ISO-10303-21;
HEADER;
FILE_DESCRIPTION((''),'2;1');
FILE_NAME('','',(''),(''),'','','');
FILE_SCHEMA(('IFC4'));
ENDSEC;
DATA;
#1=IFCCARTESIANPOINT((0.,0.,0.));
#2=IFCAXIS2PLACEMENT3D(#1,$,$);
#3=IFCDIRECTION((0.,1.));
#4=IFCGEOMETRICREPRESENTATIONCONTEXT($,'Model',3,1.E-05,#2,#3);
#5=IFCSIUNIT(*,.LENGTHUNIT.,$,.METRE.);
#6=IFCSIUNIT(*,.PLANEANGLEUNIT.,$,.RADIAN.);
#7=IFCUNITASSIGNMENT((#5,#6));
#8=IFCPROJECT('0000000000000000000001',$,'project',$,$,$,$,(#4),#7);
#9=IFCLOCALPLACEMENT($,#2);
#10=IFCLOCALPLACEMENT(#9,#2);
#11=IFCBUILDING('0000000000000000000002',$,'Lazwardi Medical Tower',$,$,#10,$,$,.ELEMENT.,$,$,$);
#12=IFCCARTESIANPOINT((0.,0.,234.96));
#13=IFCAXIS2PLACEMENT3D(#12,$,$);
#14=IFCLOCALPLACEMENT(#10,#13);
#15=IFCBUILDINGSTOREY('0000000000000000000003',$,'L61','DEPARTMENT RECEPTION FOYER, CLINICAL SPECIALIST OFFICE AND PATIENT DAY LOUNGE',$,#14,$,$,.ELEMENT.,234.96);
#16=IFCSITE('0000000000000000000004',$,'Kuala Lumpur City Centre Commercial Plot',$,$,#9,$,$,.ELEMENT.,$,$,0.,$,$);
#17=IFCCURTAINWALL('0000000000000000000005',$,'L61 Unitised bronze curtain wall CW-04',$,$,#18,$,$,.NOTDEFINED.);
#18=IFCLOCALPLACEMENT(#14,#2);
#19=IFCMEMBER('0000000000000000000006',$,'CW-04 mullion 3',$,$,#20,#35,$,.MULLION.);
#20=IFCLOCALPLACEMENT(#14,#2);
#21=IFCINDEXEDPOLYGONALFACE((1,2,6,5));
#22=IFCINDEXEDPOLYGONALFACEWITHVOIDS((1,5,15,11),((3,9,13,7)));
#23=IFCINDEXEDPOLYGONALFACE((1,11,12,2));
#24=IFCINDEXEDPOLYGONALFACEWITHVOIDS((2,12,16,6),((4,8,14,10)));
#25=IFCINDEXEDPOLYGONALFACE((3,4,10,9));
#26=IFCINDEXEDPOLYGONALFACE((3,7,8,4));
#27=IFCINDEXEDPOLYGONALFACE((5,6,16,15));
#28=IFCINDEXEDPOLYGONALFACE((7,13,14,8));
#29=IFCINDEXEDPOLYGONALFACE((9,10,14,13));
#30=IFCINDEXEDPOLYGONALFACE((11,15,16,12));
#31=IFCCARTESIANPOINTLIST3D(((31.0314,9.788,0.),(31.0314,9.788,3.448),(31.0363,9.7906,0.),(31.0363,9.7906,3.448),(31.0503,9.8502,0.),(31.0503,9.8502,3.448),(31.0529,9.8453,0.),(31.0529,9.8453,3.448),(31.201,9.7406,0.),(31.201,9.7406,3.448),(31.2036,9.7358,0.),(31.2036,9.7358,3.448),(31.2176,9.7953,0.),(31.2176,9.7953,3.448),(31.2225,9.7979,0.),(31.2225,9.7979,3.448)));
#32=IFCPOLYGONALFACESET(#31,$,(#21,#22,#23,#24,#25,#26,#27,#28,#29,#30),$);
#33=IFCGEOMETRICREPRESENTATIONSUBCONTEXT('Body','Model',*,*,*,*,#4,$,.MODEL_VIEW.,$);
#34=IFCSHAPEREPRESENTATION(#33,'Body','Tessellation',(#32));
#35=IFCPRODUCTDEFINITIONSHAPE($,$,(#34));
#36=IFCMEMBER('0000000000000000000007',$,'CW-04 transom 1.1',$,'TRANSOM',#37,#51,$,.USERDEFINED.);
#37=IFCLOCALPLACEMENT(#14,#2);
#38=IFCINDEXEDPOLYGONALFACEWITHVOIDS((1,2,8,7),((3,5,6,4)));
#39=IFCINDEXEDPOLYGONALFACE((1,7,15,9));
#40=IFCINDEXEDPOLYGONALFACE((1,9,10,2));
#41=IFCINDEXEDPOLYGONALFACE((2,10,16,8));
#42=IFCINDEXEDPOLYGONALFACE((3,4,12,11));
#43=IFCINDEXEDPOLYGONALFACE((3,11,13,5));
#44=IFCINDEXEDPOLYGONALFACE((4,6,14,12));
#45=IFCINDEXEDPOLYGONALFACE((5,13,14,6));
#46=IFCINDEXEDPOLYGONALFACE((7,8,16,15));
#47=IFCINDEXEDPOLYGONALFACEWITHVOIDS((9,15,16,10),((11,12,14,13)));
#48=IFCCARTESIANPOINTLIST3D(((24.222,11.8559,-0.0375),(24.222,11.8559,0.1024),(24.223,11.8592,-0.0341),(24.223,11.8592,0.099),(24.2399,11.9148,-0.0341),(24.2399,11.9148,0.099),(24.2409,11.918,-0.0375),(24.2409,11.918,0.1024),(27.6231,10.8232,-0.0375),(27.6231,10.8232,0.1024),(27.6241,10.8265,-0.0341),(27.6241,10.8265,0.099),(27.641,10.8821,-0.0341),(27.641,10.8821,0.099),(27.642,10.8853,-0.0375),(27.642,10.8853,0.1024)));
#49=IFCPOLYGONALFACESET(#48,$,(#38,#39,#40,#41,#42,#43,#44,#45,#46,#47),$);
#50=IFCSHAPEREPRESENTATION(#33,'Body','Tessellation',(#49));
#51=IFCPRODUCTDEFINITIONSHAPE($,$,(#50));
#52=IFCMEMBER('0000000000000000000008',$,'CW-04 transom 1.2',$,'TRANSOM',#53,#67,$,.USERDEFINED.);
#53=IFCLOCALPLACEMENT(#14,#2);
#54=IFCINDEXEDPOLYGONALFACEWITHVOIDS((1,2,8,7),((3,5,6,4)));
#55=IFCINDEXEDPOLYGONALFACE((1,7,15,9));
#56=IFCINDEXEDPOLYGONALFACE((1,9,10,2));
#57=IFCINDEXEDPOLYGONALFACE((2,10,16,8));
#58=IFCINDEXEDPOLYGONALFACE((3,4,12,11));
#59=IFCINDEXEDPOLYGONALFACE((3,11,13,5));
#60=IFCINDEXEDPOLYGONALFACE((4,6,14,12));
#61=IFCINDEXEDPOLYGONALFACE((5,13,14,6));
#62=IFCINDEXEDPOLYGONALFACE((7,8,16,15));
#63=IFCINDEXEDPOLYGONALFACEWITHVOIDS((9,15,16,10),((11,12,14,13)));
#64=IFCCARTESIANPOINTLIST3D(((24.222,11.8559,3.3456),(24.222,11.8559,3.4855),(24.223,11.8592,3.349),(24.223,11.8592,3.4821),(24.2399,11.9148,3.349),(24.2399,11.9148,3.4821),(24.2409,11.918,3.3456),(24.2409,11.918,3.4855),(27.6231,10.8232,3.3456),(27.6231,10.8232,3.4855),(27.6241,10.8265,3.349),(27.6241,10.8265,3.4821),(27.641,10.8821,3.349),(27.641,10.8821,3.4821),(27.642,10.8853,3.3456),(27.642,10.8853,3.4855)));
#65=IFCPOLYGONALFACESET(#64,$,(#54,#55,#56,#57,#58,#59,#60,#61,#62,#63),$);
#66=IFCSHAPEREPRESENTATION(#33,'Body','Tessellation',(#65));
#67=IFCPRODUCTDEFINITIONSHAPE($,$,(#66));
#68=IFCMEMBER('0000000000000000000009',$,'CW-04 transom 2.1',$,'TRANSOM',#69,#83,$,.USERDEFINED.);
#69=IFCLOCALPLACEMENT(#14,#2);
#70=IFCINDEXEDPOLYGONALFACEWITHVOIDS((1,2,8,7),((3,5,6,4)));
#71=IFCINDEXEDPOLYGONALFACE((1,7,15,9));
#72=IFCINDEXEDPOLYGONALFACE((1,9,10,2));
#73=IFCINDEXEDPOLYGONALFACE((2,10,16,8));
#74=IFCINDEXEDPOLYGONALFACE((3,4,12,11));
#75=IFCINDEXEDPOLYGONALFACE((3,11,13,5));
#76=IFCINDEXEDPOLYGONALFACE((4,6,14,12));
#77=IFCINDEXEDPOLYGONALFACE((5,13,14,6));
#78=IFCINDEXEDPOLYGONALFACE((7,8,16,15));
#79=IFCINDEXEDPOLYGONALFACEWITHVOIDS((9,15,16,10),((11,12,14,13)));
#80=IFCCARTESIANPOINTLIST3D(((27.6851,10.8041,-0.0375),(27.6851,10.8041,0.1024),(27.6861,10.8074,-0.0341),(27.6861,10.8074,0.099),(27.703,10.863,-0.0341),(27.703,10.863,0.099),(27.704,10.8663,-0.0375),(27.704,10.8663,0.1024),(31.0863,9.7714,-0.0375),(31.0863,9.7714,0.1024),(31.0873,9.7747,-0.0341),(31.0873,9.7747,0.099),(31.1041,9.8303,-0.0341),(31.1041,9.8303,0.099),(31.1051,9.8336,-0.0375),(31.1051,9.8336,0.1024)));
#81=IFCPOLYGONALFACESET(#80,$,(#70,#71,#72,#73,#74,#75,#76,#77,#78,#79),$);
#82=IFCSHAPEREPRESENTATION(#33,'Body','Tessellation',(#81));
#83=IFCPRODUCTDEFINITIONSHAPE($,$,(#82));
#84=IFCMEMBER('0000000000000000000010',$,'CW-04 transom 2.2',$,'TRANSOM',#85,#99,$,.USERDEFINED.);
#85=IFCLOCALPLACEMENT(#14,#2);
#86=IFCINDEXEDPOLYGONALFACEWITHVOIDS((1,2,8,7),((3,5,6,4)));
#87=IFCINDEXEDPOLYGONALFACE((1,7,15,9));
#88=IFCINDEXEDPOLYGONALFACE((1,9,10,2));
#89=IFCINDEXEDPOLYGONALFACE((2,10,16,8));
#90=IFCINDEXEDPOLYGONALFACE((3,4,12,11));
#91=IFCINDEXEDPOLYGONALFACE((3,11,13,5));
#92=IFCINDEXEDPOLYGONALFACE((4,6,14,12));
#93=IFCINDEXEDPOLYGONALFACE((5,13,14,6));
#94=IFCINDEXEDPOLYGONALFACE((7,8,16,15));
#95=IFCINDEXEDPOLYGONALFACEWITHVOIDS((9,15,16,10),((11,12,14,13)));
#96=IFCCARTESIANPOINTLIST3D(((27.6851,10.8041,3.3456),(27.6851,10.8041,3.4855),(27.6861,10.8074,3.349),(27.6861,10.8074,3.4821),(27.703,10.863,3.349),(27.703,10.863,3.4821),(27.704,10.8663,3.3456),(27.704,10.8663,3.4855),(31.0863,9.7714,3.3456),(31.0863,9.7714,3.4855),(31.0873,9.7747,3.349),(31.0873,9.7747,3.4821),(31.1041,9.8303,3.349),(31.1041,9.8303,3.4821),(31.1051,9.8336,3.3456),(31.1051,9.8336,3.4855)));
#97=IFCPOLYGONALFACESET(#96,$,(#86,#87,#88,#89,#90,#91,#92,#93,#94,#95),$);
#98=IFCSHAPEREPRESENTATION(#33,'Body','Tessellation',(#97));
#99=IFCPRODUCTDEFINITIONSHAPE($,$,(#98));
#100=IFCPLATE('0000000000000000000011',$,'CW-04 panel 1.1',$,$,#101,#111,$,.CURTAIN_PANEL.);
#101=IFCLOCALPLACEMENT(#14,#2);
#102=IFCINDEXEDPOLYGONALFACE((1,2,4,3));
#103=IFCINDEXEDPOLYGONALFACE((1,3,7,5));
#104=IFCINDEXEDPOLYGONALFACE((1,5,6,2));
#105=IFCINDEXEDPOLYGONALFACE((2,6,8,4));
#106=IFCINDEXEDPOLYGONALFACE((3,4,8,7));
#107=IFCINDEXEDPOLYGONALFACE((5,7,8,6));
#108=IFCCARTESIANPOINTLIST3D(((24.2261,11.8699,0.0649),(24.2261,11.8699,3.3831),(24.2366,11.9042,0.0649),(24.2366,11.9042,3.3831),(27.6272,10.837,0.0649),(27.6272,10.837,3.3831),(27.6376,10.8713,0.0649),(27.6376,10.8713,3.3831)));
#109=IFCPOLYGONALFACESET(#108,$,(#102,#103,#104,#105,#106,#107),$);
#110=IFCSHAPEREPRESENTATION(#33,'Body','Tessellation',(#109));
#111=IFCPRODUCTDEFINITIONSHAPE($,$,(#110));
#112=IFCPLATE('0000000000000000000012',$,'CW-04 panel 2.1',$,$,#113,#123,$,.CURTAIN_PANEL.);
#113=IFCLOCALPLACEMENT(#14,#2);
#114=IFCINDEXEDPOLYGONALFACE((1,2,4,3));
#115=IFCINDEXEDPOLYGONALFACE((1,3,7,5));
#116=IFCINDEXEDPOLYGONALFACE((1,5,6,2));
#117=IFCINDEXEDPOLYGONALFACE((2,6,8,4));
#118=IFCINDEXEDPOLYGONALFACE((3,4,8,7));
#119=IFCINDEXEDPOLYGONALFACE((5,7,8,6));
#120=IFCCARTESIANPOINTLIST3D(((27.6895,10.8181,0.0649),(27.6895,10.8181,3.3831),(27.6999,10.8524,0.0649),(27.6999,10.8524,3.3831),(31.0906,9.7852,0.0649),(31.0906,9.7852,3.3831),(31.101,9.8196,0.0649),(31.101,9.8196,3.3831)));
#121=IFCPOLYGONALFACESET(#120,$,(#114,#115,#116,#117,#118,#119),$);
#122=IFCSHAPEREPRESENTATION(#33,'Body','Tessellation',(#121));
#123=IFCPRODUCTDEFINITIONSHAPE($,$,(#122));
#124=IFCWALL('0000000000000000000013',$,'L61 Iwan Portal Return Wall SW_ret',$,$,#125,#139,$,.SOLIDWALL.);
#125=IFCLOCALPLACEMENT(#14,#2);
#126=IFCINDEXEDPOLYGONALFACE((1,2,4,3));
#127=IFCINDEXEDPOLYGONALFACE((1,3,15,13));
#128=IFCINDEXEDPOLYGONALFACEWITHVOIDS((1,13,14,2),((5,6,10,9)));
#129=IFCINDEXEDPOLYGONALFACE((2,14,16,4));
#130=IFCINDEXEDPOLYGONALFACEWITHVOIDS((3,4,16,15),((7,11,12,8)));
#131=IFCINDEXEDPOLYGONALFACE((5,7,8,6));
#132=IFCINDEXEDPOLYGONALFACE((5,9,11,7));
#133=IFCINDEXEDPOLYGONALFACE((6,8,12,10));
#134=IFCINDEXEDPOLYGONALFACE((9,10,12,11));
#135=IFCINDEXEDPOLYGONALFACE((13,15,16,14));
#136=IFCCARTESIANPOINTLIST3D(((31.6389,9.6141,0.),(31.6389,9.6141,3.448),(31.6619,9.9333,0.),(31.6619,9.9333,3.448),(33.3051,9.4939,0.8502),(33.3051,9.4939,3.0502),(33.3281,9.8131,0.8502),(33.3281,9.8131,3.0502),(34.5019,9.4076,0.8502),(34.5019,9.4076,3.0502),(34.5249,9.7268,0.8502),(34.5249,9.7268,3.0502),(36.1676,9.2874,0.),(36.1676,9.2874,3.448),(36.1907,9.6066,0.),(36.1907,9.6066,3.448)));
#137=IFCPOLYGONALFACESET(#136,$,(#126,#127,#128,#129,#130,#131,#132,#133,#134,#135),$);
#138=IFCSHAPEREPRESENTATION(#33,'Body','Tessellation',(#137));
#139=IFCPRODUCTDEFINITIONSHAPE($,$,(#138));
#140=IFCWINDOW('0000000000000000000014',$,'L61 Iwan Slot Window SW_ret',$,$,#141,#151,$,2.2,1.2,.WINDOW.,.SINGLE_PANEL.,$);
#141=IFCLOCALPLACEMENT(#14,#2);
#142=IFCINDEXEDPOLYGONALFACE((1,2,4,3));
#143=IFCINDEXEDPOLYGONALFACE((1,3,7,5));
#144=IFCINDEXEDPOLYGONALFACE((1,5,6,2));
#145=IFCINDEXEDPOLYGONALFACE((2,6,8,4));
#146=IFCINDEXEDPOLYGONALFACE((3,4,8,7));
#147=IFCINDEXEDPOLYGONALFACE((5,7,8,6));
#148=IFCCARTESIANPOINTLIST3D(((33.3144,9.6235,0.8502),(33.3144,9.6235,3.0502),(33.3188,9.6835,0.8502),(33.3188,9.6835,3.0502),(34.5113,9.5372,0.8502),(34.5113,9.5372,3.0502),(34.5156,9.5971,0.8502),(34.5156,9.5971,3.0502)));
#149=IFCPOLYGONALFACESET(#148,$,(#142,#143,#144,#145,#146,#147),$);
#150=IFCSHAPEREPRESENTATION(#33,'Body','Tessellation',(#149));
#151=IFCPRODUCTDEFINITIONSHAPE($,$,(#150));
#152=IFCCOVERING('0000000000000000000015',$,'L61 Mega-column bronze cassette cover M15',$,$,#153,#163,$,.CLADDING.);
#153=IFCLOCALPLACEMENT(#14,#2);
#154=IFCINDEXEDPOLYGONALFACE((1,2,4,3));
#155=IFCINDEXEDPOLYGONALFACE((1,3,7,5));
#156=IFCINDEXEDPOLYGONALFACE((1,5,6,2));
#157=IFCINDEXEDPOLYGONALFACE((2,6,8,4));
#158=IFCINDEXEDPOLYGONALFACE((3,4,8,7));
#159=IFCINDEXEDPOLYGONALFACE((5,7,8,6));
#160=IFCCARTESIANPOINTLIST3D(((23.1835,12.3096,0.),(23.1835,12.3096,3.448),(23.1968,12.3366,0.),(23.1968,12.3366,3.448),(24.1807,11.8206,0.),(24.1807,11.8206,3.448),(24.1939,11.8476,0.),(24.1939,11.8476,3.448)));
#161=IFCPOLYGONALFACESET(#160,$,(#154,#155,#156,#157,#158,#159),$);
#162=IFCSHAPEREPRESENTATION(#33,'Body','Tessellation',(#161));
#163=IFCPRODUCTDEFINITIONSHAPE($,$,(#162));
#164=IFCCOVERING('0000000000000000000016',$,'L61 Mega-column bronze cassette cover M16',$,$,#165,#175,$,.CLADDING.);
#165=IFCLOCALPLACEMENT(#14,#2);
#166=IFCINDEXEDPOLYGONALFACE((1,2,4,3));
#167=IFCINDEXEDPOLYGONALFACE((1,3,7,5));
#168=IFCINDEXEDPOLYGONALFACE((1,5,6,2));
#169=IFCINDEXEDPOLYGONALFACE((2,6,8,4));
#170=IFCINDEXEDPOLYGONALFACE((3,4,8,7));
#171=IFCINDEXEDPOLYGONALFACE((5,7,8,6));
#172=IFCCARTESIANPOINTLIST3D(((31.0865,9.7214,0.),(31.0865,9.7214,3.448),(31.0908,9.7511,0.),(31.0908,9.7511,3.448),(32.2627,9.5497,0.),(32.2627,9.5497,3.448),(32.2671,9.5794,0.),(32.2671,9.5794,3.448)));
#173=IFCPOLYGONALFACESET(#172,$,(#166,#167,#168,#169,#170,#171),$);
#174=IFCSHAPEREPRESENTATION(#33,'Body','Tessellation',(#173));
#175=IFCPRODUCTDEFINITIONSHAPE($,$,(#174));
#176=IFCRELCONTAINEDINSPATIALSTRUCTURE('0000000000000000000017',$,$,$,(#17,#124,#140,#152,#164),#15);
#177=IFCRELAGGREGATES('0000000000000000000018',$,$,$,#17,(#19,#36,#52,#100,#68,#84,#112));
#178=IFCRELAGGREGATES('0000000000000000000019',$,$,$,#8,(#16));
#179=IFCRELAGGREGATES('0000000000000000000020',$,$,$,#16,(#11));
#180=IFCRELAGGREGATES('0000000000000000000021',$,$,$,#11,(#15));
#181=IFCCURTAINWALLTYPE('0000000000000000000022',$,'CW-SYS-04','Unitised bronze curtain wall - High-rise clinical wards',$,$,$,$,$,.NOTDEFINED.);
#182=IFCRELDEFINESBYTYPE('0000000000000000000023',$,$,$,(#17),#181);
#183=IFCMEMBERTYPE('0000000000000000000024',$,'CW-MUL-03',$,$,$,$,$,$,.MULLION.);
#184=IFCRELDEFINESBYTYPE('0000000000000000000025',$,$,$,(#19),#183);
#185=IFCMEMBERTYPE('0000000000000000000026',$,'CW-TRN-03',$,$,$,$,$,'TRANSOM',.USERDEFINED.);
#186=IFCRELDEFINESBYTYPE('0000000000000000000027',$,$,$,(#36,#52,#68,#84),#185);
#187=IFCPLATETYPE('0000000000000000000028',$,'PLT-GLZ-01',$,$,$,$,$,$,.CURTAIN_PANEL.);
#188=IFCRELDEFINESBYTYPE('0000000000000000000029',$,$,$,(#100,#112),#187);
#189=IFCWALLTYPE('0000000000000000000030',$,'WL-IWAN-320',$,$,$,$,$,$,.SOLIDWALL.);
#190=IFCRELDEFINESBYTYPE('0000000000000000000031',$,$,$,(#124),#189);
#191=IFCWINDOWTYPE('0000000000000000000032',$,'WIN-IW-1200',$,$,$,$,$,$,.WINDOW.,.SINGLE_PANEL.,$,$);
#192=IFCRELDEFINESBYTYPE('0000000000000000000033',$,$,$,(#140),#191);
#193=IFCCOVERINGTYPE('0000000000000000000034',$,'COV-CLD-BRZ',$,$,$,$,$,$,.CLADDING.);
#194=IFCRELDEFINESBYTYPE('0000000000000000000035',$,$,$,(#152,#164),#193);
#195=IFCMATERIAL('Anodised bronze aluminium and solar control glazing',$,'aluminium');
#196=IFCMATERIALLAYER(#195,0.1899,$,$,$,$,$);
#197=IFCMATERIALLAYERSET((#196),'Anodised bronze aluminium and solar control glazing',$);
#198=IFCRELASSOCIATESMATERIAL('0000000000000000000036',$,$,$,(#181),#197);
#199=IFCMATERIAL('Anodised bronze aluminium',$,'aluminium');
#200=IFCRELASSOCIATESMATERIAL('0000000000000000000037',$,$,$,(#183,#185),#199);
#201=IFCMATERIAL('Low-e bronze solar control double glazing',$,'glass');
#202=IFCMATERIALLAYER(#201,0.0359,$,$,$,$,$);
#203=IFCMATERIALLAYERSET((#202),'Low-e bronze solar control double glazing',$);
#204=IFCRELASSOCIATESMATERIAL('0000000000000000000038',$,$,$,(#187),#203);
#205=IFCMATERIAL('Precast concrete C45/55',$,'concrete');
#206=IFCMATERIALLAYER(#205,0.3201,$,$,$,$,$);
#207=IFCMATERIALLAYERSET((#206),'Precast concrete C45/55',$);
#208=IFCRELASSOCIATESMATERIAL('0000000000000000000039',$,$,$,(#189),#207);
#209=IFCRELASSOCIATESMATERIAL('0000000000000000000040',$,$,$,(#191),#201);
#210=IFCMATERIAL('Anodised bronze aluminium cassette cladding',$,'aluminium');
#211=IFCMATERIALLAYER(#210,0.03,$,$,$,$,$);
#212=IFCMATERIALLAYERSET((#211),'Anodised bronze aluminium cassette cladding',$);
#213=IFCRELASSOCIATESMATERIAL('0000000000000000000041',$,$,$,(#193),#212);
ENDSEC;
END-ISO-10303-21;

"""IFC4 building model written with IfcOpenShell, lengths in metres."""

from ifc_helpers import new_model, si_unit, direction, frame, frame_2d, origin, origin_2d, place, context, subcontext, project, spatial, rectangle, hollow_rectangle, extrude, material, layer, layer_set, material_profile, profile_set, type_object, element, fill, aggregate, save


model = new_model("IFC4")

# Units and contexts
model_context = context("Model", 3, precision=1e-05, world=origin(), true_north=direction((0.0, 1.0)))
body_context = subcontext(model_context, "Body", "Model", "MODEL_VIEW")
ifc_project = project(units=[si_unit("LENGTHUNIT", "METRE"), si_unit("PLANEANGLEUNIT", "RADIAN")], contexts=[model_context])

# Site, building, storey
site_placement = place(None, origin())
site = spatial("IfcSite", under=ifc_project, at=site_placement, Name="Kuala Lumpur City Centre Commercial Plot", CompositionType="ELEMENT", RefElevation=0.0)
building_placement = place(site_placement, origin())
building = spatial("IfcBuilding", under=site, at=building_placement, Name="Lazwardi Medical Tower", CompositionType="ELEMENT")
storey_placement = place(building_placement, frame((0.0, 0.0, 234.96)))
storey = spatial("IfcBuildingStorey", under=building, at=storey_placement, Name="L61", Description="DEPARTMENT RECEPTION FOYER, CLINICAL SPECIALIST OFFICE AND PATIENT DAY LOUNGE", CompositionType="ELEMENT", Elevation=234.96)

# Shared definitions
ifc_material_1 = material(Name="Anodised bronze aluminium and solar control glazing", Category="aluminium")
ifc_layer_1 = layer(ifc_material_1, 0.1899)
ifc_layer_set_1 = layer_set([ifc_layer_1], Name="Anodised bronze aluminium and solar control glazing")
curtain_wall_type = type_object("IfcCurtainWallType", Name="CW-SYS-04", Description="Unitised bronze curtain wall - High-rise clinical wards", PredefinedType="NOTDEFINED", material=ifc_layer_set_1)
ifc_material_2 = material(Name="Anodised bronze aluminium", Category="aluminium")
ifc_material_profile_1 = material_profile(ifc_material_2, hollow_rectangle(XDim=0.0649, YDim=0.1799, WallThickness=0.0039, at=origin_2d()), Name="ALU-MULLION 180x65x4")
ifc_profile_set_1 = profile_set([ifc_material_profile_1], Name="Anodised bronze aluminium")
member_type_1 = type_object("IfcMemberType", Name="CW-MUL-03", PredefinedType="MULLION", material=ifc_profile_set_1)

# Curtain wall, members, plates
curtain_wall_1_placement = place(storey_placement, origin())
curtain_wall_1 = element("IfcCurtainWall", 1, at=curtain_wall_1_placement, inside=storey, type_object=curtain_wall_type, Name="L61 Unitised bronze curtain wall CW-04", PredefinedType="NOTDEFINED")
member_1_placement = place(storey_placement, frame((31.127, 9.793, 0.0), z_axis=(0.0, 0.0, 1.0), x_axis=(0.290582, 0.95685, 0.0)))
member_1 = element("IfcMember", 2, at=member_1_placement, type_object=member_type_1, Name="CW-04 mullion 3", PredefinedType="MULLION", context=body_context, shape_type="SweptSolid", body=[
    extrude(hollow_rectangle(XDim=0.0649, YDim=0.1799, WallThickness=0.0039, at=origin_2d()), origin(), (0.0, 0.0, 1.0), 3.448),
])
ifc_material_profile_2 = material_profile(ifc_material_2, hollow_rectangle(XDim=0.0649, YDim=0.1399, WallThickness=0.0034, at=origin_2d()), Name="ALU-TRANSOM 140x65x3.5")
ifc_profile_set_2 = profile_set([ifc_material_profile_2], Name="Anodised bronze aluminium")
member_type_2 = type_object("IfcMemberType", Name="CW-TRN-03", ElementType="TRANSOM", PredefinedType="USERDEFINED", material=ifc_profile_set_2)
member_2_placement = place(storey_placement, frame((24.2314, 11.887, 0.0325), z_axis=(0.956863, -0.290541, 0.0), x_axis=(0.290541, 0.956863, 0.0)))
member_2 = element("IfcMember", 3, at=member_2_placement, type_object=member_type_2, Name="CW-04 transom 1.1", ObjectType="TRANSOM", PredefinedType="USERDEFINED", context=body_context, shape_type="SweptSolid", body=[
    extrude(hollow_rectangle(XDim=0.0649, YDim=0.1399, WallThickness=0.0034, at=origin_2d()), origin(), (0.0, 0.0, 1.0), 3.5544),
])
member_3_placement = place(storey_placement, frame((24.2314, 11.887, 3.4155), z_axis=(0.956863, -0.290541, 0.0), x_axis=(0.290541, 0.956863, 0.0)))
member_3 = element("IfcMember", 4, at=member_3_placement, type_object=member_type_2, Name="CW-04 transom 1.2", ObjectType="TRANSOM", PredefinedType="USERDEFINED", context=body_context, shape_type="SweptSolid", body=[
    extrude(hollow_rectangle(XDim=0.0649, YDim=0.1399, WallThickness=0.0034, at=origin_2d()), origin(), (0.0, 0.0, 1.0), 3.5544),
])
member_4_placement = place(storey_placement, frame((27.6946, 10.8352, 0.0325), z_axis=(0.956863, -0.290541, 0.0), x_axis=(0.290541, 0.956863, 0.0)))
member_4 = element("IfcMember", 5, at=member_4_placement, type_object=member_type_2, Name="CW-04 transom 2.1", ObjectType="TRANSOM", PredefinedType="USERDEFINED", context=body_context, shape_type="SweptSolid", body=[
    extrude(hollow_rectangle(XDim=0.0649, YDim=0.1399, WallThickness=0.0034, at=origin_2d()), origin(), (0.0, 0.0, 1.0), 3.5544),
])
member_5_placement = place(storey_placement, frame((27.6946, 10.8352, 3.4155), z_axis=(0.956863, -0.290541, 0.0), x_axis=(0.290541, 0.956863, 0.0)))
member_5 = element("IfcMember", 6, at=member_5_placement, type_object=member_type_2, Name="CW-04 transom 2.2", ObjectType="TRANSOM", PredefinedType="USERDEFINED", context=body_context, shape_type="SweptSolid", body=[
    extrude(hollow_rectangle(XDim=0.0649, YDim=0.1399, WallThickness=0.0034, at=origin_2d()), origin(), (0.0, 0.0, 1.0), 3.5544),
])
ifc_material_3 = material(Name="Low-e bronze solar control double glazing", Category="glass")
ifc_layer_2 = layer(ifc_material_3, 0.0359)
ifc_layer_set_2 = layer_set([ifc_layer_2], Name="Low-e bronze solar control double glazing")
plate_type = type_object("IfcPlateType", Name="PLT-GLZ-01", PredefinedType="CURTAIN_PANEL", material=ifc_layer_set_2)
plate_1_placement = place(storey_placement, frame((25.9319, 11.3706, 0.0649), z_axis=(0.0, 0.0, 1.0), x_axis=(0.95685, -0.290582, 0.0)))
plate_1 = element("IfcPlate", 7, at=plate_1_placement, type_object=plate_type, Name="CW-04 panel 1.1", PredefinedType="CURTAIN_PANEL", context=body_context, shape_type="SweptSolid", body=[
    extrude(rectangle(XDim=3.5544, YDim=0.0359, at=origin_2d()), origin(), (0.0, 0.0, 1.0), 3.3181),
])
plate_2_placement = place(storey_placement, frame((29.3953, 10.3188, 0.0649), z_axis=(0.0, 0.0, 1.0), x_axis=(0.95685, -0.290582, 0.0)))
plate_2 = element("IfcPlate", 8, at=plate_2_placement, type_object=plate_type, Name="CW-04 panel 2.1", PredefinedType="CURTAIN_PANEL", context=body_context, shape_type="SweptSolid", body=[
    extrude(rectangle(XDim=3.5544, YDim=0.0359, at=origin_2d()), origin(), (0.0, 0.0, 1.0), 3.3181),
])
aggregate(curtain_wall_1, [member_1, member_2, member_3, plate_1, member_4, member_5, plate_2])

# Wall, opening, window
ifc_material_4 = material(Name="Precast concrete C45/55", Category="concrete")
ifc_layer_3 = layer(ifc_material_4, 0.3201)
ifc_layer_set_3 = layer_set([ifc_layer_3], Name="Precast concrete C45/55")
wall_type = type_object("IfcWallType", Name="WL-IWAN-320", PredefinedType="SOLIDWALL", material=ifc_layer_set_3)
wall_placement = place(storey_placement, frame((31.6504, 9.7737, 0.0), z_axis=(0.0, 0.0, 1.0), x_axis=(0.997409, -0.071942, 0.0)))
wall = element("IfcWall", 9, at=wall_placement, inside=storey, type_object=wall_type, Name="L61 Iwan Portal Return Wall SW_ret", PredefinedType="SOLIDWALL", context=body_context, shape_type="SweptSolid", body=[
    extrude(rectangle(XDim=4.5405, YDim=0.3201, at=frame_2d((2.2703, 0.0))), origin(), (0.0, 0.0, 1.0), 3.448),
])
opening_placement = place(wall_placement, frame((1.6704, 0.0, 0.8501)))
opening = element("IfcOpeningElement", 10, at=opening_placement, cuts=wall, PredefinedType="OPENING", context=body_context, shape_type="SweptSolid", body=[
    extrude(rectangle(XDim=1.2, YDim=2.2, at=frame_2d((0.6001, 1.1001))), frame((0.0, 0.1699, 0.0), z_axis=(0.0, -1.0, 0.0), x_axis=(1.0, 0.0, 0.0)), (0.0, 0.0, 1.0), 0.3401),
])
window_type = type_object("IfcWindowType", Name="WIN-IW-1200", PartitioningType="SINGLE_PANEL", PredefinedType="WINDOW", material=ifc_material_3)
window_placement = place(opening_placement, origin())
window = element("IfcWindow", 11, at=window_placement, inside=storey, type_object=window_type, Name="L61 Iwan Slot Window SW_ret", OverallHeight=2.2, OverallWidth=1.2, PartitioningType="SINGLE_PANEL", PredefinedType="WINDOW", context=body_context, shape_type="SweptSolid", body=[
    extrude(rectangle(XDim=1.2, YDim=2.2, at=frame_2d((0.6001, 1.1001))), frame((0.0, 0.03, 0.0), z_axis=(0.0, -1.0, 0.0), x_axis=(1.0, 0.0, 0.0)), (0.0, 0.0, 1.0), 0.0601),
])
fill(opening, window)

# Coverings
ifc_material_5 = material(Name="Anodised bronze aluminium cassette cladding", Category="aluminium")
ifc_layer_4 = layer(ifc_material_5, 0.03)
ifc_layer_set_4 = layer_set([ifc_layer_4], Name="Anodised bronze aluminium cassette cladding")
covering_type_1 = type_object("IfcCoveringType", Name="COV-CLD-BRZ", PredefinedType="CLADDING", material=ifc_layer_set_4)
covering_1_placement = place(storey_placement, frame((23.6887, 12.0786, 0.0), z_axis=(0.0, 0.0, 1.0), x_axis=(0.89784, -0.440322, 0.0)))
element("IfcCovering", 12, at=covering_1_placement, inside=storey, type_object=covering_type_1, Name="L61 Mega-column bronze cassette cover M15", PredefinedType="CLADDING", context=body_context, shape_type="SweptSolid", body=[
    extrude(rectangle(XDim=1.1106, YDim=0.03, at=origin_2d()), origin(), (0.0, 0.0, 1.0), 3.448),
])
covering_2_placement = place(storey_placement, frame((31.6768, 9.6504, 0.0), z_axis=(0.0, 0.0, 1.0), x_axis=(0.989512, -0.144448, 0.0)))
element("IfcCovering", 13, at=covering_2_placement, inside=storey, type_object=covering_type_1, Name="L61 Mega-column bronze cassette cover M16", PredefinedType="CLADDING", context=body_context, shape_type="SweptSolid", body=[
    extrude(rectangle(XDim=1.1887, YDim=0.03, at=origin_2d()), origin(), (0.0, 0.0, 1.0), 3.448),
])

save(model, "model.ifc")
